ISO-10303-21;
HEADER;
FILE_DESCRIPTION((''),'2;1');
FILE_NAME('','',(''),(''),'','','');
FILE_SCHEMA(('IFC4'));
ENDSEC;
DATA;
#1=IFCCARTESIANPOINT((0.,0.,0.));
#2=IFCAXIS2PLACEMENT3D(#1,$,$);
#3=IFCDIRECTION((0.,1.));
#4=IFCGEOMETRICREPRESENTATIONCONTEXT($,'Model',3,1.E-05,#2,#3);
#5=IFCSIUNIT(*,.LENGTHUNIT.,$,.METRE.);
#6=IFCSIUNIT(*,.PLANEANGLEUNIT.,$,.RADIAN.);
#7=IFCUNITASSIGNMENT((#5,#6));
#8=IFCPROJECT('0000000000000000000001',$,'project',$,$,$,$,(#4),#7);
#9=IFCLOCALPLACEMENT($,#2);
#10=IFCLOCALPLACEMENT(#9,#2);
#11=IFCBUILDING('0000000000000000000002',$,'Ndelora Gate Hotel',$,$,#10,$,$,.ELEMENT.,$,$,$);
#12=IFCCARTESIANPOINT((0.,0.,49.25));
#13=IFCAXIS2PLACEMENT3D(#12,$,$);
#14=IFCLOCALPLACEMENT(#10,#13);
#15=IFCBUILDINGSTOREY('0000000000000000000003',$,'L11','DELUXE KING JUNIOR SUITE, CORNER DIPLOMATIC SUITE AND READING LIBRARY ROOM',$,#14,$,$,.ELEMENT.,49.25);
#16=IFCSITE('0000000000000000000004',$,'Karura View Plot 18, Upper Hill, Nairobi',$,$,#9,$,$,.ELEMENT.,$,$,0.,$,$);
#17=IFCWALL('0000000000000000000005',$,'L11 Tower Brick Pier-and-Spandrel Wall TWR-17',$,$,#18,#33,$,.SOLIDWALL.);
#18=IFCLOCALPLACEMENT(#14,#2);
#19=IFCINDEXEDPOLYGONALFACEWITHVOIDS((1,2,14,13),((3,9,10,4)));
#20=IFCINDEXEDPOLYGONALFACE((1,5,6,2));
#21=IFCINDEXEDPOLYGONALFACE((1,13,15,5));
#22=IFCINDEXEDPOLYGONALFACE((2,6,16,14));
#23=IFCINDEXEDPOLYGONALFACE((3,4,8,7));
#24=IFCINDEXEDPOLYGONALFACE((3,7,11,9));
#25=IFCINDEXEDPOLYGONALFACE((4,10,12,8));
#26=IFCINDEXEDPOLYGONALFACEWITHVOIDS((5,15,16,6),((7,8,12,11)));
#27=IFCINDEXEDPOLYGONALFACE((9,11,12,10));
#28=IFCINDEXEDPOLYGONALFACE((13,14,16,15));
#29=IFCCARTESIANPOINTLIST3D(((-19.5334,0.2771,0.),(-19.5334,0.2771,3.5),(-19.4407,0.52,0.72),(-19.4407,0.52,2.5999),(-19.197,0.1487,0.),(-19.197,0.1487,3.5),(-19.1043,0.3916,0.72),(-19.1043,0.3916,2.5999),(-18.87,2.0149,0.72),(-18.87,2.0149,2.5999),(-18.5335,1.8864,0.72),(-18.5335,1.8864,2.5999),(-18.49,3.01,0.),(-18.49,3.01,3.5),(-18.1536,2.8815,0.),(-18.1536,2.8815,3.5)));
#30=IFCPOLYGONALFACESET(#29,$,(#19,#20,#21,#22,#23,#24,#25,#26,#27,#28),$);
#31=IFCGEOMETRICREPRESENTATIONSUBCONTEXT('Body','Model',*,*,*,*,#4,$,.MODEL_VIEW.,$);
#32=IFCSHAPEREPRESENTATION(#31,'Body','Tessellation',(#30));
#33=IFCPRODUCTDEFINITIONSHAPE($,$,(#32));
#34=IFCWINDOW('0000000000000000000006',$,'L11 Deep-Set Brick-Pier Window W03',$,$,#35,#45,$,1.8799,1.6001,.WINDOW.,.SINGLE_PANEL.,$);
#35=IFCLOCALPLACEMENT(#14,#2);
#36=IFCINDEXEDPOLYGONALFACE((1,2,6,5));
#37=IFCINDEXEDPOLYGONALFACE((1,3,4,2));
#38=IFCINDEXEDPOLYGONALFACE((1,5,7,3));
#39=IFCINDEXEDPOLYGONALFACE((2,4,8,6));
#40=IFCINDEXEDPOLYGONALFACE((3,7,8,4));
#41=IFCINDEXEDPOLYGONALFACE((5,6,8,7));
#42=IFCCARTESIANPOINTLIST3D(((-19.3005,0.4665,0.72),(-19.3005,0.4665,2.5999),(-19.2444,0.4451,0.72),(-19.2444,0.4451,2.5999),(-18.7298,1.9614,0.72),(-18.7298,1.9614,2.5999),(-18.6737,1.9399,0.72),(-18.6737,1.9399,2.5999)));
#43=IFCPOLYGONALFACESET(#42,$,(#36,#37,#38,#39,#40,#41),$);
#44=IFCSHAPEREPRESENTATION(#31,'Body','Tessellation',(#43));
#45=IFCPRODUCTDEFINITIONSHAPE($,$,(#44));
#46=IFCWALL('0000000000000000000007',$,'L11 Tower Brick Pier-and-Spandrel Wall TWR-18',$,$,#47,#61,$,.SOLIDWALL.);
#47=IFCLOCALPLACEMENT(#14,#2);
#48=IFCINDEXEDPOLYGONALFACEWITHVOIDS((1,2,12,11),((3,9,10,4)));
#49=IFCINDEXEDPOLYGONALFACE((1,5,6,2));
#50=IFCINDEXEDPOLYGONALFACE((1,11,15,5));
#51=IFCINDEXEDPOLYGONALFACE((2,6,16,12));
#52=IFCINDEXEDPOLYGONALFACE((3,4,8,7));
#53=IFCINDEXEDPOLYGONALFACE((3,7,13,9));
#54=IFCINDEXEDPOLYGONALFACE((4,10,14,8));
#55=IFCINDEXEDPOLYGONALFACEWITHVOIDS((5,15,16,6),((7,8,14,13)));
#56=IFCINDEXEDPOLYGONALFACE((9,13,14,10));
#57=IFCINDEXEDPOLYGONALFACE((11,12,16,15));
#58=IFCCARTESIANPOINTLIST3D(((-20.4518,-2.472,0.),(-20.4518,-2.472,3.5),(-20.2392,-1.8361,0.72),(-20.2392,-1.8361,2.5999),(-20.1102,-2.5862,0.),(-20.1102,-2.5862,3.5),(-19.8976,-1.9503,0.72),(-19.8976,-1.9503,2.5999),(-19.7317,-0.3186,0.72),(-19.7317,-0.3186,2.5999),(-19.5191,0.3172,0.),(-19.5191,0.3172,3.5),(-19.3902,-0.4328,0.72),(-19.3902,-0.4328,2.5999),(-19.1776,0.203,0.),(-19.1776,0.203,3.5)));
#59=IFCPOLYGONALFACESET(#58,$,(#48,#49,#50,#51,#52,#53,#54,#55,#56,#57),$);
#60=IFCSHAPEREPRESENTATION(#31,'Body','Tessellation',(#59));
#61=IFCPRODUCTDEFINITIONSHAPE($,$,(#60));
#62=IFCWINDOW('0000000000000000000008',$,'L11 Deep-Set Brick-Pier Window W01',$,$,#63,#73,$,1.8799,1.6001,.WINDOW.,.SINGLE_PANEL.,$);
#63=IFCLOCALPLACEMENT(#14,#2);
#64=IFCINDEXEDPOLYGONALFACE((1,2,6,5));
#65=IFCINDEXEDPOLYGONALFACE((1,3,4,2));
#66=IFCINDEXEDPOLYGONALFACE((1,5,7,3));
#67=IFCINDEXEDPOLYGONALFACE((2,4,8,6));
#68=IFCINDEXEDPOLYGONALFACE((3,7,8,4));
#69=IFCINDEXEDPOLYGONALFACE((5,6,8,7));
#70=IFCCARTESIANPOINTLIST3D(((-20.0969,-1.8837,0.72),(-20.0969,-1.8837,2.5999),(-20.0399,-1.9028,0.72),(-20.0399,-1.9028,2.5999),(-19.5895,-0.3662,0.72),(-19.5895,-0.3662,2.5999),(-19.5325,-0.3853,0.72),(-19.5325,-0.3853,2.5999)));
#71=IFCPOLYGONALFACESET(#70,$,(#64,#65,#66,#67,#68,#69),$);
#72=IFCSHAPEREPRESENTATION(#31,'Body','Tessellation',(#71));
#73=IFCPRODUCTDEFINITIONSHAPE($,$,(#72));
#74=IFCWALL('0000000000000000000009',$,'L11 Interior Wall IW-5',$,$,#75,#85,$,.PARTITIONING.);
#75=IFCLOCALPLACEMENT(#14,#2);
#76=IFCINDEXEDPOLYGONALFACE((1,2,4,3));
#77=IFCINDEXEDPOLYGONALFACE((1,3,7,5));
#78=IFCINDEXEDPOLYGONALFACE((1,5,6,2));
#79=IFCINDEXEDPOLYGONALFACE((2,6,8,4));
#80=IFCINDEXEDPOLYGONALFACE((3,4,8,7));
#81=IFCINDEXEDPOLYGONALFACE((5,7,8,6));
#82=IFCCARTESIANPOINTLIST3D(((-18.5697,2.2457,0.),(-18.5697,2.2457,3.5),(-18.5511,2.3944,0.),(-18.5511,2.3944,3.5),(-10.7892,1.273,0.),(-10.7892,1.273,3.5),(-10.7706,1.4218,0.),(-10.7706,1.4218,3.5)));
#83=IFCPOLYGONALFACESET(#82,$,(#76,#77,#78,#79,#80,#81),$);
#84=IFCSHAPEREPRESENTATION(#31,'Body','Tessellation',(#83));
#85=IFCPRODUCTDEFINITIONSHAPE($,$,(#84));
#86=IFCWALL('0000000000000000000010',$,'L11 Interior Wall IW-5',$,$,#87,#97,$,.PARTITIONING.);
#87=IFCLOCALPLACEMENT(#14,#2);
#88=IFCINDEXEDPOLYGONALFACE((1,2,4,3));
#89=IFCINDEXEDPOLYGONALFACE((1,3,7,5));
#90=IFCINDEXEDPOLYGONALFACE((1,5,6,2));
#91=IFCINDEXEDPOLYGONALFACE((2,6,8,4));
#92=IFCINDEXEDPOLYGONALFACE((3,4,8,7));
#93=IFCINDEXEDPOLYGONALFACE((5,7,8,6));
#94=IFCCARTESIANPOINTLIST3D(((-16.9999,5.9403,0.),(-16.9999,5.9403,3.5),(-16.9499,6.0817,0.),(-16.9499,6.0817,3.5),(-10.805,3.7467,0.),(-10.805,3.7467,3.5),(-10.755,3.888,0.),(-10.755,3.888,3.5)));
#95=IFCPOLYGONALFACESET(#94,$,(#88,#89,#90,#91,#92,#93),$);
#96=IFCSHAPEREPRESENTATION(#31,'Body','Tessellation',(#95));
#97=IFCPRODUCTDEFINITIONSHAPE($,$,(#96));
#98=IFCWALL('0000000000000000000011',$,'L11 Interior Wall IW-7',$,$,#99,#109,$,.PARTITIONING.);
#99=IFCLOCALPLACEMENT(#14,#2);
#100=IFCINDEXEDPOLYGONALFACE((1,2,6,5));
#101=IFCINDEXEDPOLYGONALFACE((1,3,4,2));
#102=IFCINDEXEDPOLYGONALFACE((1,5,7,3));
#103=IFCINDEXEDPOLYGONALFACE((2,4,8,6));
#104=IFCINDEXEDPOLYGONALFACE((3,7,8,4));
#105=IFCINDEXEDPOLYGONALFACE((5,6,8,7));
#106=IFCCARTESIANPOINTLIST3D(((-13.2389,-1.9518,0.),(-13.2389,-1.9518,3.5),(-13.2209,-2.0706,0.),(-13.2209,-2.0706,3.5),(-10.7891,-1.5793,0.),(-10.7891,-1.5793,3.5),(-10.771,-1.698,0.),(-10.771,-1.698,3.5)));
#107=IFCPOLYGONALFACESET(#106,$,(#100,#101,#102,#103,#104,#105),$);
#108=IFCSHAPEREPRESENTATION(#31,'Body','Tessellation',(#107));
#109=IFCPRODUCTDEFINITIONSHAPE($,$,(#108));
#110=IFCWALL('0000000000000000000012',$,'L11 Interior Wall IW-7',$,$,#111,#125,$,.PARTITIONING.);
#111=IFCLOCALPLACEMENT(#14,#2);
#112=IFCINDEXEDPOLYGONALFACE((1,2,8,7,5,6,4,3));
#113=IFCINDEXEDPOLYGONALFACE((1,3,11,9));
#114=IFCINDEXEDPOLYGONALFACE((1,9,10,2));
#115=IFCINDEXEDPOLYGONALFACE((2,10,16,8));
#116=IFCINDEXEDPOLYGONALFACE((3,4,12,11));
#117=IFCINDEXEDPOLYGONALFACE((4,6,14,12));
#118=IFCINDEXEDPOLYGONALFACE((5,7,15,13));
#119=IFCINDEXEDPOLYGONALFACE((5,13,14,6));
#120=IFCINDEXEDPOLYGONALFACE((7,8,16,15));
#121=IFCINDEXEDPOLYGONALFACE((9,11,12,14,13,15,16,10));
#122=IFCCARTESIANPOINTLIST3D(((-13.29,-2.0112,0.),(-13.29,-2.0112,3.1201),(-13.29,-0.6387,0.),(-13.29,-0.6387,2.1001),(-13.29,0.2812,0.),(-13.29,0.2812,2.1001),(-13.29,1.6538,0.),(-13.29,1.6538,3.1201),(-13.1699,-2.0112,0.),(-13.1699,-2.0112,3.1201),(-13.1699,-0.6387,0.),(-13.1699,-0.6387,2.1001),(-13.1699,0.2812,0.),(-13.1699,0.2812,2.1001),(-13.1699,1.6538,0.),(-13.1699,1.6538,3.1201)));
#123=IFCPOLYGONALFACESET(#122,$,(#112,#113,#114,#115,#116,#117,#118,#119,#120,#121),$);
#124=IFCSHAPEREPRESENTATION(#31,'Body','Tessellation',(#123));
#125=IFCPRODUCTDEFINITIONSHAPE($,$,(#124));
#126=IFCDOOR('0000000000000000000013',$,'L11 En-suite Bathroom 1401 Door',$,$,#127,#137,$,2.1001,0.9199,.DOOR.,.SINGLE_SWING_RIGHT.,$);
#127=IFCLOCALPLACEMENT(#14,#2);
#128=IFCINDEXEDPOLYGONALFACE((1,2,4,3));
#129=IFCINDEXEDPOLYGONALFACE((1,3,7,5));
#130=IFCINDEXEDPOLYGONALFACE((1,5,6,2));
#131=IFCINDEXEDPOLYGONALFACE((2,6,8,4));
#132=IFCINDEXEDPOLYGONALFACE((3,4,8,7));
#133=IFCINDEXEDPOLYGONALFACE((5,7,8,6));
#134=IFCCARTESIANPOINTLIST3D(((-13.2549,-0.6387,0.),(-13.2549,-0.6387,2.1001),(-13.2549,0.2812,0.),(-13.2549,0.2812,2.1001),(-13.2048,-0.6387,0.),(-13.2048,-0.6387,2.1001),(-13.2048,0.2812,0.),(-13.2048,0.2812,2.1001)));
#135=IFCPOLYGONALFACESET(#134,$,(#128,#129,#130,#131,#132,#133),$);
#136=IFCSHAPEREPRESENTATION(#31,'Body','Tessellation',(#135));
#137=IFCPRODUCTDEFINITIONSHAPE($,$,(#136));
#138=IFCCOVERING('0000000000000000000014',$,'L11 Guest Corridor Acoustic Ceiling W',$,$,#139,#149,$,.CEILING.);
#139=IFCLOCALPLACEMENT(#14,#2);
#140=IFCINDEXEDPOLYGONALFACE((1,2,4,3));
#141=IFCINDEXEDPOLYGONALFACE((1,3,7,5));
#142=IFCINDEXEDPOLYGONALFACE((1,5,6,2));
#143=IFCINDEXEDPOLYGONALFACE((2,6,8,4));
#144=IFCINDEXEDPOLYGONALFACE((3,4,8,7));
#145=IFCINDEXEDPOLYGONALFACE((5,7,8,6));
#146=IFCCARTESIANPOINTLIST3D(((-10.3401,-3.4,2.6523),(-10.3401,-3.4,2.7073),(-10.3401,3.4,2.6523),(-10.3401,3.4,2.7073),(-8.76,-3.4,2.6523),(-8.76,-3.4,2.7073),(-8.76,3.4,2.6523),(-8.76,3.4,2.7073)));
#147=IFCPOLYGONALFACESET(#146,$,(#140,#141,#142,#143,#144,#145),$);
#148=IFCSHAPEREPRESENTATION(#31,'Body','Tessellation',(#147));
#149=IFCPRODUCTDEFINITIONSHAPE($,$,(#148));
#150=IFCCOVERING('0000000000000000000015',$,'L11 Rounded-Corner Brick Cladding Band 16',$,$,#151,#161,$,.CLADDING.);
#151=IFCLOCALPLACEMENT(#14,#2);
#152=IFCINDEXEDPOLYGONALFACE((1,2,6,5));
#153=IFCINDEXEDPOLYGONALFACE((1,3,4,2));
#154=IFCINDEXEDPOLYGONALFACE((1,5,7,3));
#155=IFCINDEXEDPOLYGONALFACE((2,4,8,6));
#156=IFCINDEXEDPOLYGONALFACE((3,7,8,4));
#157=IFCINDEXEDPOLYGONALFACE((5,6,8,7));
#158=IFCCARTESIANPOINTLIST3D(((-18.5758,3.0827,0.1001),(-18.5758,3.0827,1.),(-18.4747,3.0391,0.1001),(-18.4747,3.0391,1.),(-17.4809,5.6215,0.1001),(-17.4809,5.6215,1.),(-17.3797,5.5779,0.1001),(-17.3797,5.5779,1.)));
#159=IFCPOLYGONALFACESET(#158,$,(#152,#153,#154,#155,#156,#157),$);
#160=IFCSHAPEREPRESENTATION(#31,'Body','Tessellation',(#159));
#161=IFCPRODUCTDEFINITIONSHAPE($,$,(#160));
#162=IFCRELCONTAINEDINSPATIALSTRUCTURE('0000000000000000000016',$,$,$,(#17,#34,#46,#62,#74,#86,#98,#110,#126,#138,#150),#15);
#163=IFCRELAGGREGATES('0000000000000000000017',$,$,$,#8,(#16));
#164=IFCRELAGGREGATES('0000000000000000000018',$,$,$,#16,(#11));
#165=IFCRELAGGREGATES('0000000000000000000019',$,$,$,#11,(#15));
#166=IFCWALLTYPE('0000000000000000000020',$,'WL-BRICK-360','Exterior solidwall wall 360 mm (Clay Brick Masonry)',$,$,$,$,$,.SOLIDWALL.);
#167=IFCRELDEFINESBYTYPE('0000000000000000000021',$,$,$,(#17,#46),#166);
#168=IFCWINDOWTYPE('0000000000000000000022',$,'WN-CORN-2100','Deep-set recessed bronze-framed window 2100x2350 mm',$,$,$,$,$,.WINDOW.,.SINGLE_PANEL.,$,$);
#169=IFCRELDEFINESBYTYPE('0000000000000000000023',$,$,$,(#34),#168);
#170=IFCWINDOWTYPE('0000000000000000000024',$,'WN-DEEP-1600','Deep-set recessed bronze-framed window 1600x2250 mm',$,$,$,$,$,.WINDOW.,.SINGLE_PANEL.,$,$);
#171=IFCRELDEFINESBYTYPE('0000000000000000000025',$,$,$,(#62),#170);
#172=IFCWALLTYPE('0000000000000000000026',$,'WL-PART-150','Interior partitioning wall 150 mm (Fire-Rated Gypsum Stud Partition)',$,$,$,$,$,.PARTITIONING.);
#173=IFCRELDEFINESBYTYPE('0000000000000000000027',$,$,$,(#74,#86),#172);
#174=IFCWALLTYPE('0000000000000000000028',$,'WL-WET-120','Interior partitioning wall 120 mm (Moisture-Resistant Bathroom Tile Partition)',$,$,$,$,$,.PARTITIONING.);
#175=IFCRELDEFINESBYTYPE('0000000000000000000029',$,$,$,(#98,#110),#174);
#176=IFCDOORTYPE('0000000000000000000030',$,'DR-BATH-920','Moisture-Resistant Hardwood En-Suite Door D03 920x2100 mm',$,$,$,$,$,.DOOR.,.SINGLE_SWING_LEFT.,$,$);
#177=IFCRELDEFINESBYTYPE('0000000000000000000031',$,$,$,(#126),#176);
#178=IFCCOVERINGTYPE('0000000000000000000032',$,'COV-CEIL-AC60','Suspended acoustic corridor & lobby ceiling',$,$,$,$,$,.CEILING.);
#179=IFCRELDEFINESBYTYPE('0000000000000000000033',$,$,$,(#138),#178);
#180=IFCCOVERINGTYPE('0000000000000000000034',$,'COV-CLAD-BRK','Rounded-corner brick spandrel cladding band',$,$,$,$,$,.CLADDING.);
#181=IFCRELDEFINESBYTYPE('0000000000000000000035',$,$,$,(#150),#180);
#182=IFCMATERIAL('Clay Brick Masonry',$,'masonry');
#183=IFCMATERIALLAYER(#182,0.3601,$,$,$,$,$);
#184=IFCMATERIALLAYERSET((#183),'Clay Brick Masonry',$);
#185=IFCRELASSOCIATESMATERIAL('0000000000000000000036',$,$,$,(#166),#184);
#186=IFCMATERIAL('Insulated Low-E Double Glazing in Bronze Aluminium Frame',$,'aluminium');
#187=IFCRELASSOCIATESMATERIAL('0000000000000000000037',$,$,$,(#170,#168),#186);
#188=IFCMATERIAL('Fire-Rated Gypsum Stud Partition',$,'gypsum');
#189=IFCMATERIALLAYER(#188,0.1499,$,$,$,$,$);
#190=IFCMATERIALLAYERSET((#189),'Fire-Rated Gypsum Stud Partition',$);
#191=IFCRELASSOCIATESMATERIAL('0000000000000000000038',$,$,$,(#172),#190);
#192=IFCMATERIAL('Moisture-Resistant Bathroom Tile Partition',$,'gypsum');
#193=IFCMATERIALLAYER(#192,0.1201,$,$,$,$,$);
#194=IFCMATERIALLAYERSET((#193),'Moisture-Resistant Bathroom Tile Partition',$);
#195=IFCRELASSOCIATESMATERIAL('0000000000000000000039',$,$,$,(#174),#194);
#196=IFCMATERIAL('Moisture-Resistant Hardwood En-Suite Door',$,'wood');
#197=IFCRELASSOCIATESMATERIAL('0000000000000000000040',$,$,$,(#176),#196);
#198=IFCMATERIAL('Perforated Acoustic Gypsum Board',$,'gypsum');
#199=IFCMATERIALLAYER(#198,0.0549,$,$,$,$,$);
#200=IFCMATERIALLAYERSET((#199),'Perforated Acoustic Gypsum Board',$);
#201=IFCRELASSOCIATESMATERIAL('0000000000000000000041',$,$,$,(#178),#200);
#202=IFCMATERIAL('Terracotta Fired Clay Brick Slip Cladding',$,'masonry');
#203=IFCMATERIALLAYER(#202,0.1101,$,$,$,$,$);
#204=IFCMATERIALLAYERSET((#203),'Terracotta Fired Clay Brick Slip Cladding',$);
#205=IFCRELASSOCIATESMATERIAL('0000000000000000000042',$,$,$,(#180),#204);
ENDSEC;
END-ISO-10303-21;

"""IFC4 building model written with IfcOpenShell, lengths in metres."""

from ifc_helpers import new_model, si_unit, direction, frame, frame_2d, origin, origin_2d, place, context, subcontext, project, spatial, rectangle, extrude, material, layer, layer_set, type_object, element, fill, save


model = new_model("IFC4")

# Units and contexts
model_context = context("Model", 3, precision=1e-05, world=origin(), true_north=direction((0.0, 1.0)))
body_context = subcontext(model_context, "Body", "Model", "MODEL_VIEW")
ifc_project = project(units=[si_unit("LENGTHUNIT", "METRE"), si_unit("PLANEANGLEUNIT", "RADIAN")], contexts=[model_context])

# Site, building, storey
site_placement = place(None, origin())
site = spatial("IfcSite", under=ifc_project, at=site_placement, Name="Karura View Plot 18, Upper Hill, Nairobi", CompositionType="ELEMENT", RefElevation=0.0)
building_placement = place(site_placement, origin())
building = spatial("IfcBuilding", under=site, at=building_placement, Name="Ndelora Gate Hotel", CompositionType="ELEMENT")
storey_placement = place(building_placement, frame((0.0, 0.0, 49.25)))
storey = spatial("IfcBuildingStorey", under=building, at=storey_placement, Name="L11", Description="DELUXE KING JUNIOR SUITE, CORNER DIPLOMATIC SUITE AND READING LIBRARY ROOM", CompositionType="ELEMENT", Elevation=49.25)

# Walls, openings, windows
ifc_material_1 = material(Name="Clay Brick Masonry", Category="masonry")
ifc_layer_1 = layer(ifc_material_1, 0.3601)
ifc_layer_set_1 = layer_set([ifc_layer_1], Name="Clay Brick Masonry")
wall_type_1 = type_object("IfcWallType", Name="WL-BRICK-360", Description="Exterior solidwall wall 360 mm (Clay Brick Masonry)", PredefinedType="SOLIDWALL", material=ifc_layer_set_1)
ifc_material_2 = material(Name="Insulated Low-E Double Glazing in Bronze Aluminium Frame", Category="aluminium")
window_type_1 = type_object("IfcWindowType", Name="WN-DEEP-1600", Description="Deep-set recessed bronze-framed window 1600x2250 mm", PartitioningType="SINGLE_PANEL", PredefinedType="WINDOW", material=ifc_material_2)
wall_1_placement = place(storey_placement, frame((-19.3652, 0.2129, 0.0), z_axis=(0.0, 0.0, 1.0), x_axis=(0.356696, 0.93422, 0.0)))
wall_1 = element("IfcWall", 1, at=wall_1_placement, inside=storey, type_object=wall_type_1, Name="L11 Tower Brick Pier-and-Spandrel Wall TWR-17", PredefinedType="SOLIDWALL", context=body_context, shape_type="SweptSolid", body=[
    extrude(rectangle(XDim=2.9253, YDim=0.3601, at=frame_2d((1.4626, 0.0))), origin(), (0.0, 0.0, 1.0), 3.5),
])
opening_1_placement = place(wall_1_placement, frame((0.26, 0.0, 0.72)))
opening_1 = element("IfcOpeningElement", 2, at=opening_1_placement, cuts=wall_1, PredefinedType="OPENING", context=body_context, shape_type="SweptSolid", body=[
    extrude(rectangle(XDim=1.6001, YDim=1.8799, at=frame_2d((0.8, 0.9399))), frame((0.0, 0.1899, 0.0), z_axis=(0.0, -1.0, 0.0), x_axis=(1.0, 0.0, 0.0)), (0.0, 0.0, 1.0), 0.3801),
])
window_type_2 = type_object("IfcWindowType", Name="WN-CORN-2100", Description="Deep-set recessed bronze-framed window 2100x2350 mm", PartitioningType="SINGLE_PANEL", PredefinedType="WINDOW", material=ifc_material_2)
window_1_placement = place(opening_1_placement, origin())
window_1 = element("IfcWindow", 3, at=window_1_placement, inside=storey, type_object=window_type_2, Name="L11 Deep-Set Brick-Pier Window W03", OverallHeight=1.8799, OverallWidth=1.6001, PartitioningType="SINGLE_PANEL", PredefinedType="WINDOW", context=body_context, shape_type="SweptSolid", body=[
    extrude(rectangle(XDim=1.6001, YDim=1.8799, at=frame_2d((0.8, 0.9399))), frame((0.0, 0.03, 0.0), z_axis=(0.0, -1.0, 0.0), x_axis=(1.0, 0.0, 0.0)), (0.0, 0.0, 1.0), 0.0601),
])
fill(opening_1, window_1)
wall_2_placement = place(storey_placement, frame((-20.281, -2.5291, 0.0), z_axis=(0.0, 0.0, 1.0), x_axis=(0.317124, 0.948384, 0.0)))
wall_2 = element("IfcWall", 4, at=wall_2_placement, inside=storey, type_object=wall_type_1, Name="L11 Tower Brick Pier-and-Spandrel Wall TWR-18", PredefinedType="SOLIDWALL", context=body_context, shape_type="SweptSolid", body=[
    extrude(rectangle(XDim=2.9409, YDim=0.3601, at=frame_2d((1.4705, 0.0))), origin(), (0.0, 0.0, 1.0), 3.5),
])
opening_2_placement = place(wall_2_placement, frame((0.6704, 0.0, 0.72)))
opening_2 = element("IfcOpeningElement", 5, at=opening_2_placement, cuts=wall_2, PredefinedType="OPENING", context=body_context, shape_type="SweptSolid", body=[
    extrude(rectangle(XDim=1.6001, YDim=1.8799, at=frame_2d((0.8, 0.9399))), frame((0.0, 0.1899, 0.0), z_axis=(0.0, -1.0, 0.0), x_axis=(1.0, 0.0, 0.0)), (0.0, 0.0, 1.0), 0.3801),
])
window_2_placement = place(opening_2_placement, origin())
window_2 = element("IfcWindow", 6, at=window_2_placement, inside=storey, type_object=window_type_1, Name="L11 Deep-Set Brick-Pier Window W01", OverallHeight=1.8799, OverallWidth=1.6001, PartitioningType="SINGLE_PANEL", PredefinedType="WINDOW", context=body_context, shape_type="SweptSolid", body=[
    extrude(rectangle(XDim=1.6001, YDim=1.8799, at=frame_2d((0.8, 0.9399))), frame((0.0, 0.03, 0.0), z_axis=(0.0, -1.0, 0.0), x_axis=(1.0, 0.0, 0.0)), (0.0, 0.0, 1.0), 0.0601),
])
fill(opening_2, window_2)

# Walls
ifc_material_3 = material(Name="Fire-Rated Gypsum Stud Partition", Category="gypsum")
ifc_layer_2 = layer(ifc_material_3, 0.1499)
ifc_layer_set_2 = layer_set([ifc_layer_2], Name="Fire-Rated Gypsum Stud Partition")
wall_type_2 = type_object("IfcWallType", Name="WL-PART-150", Description="Interior partitioning wall 150 mm (Fire-Rated Gypsum Stud Partition)", PredefinedType="PARTITIONING", material=ifc_layer_set_2)
wall_3_placement = place(storey_placement, frame((-10.78, 1.3474, 0.0), z_axis=(0.0, 0.0, 1.0), x_axis=(-0.992276, 0.124046, 0.0)))
element("IfcWall", 7, at=wall_3_placement, inside=storey, type_object=wall_type_2, Name="L11 Interior Wall IW-5", PredefinedType="PARTITIONING", context=body_context, shape_type="SweptSolid", body=[
    extrude(rectangle(XDim=7.8411, YDim=0.1499, at=frame_2d((3.9204, 0.0))), origin(), (0.0, 0.0, 1.0), 3.5),
])
wall_4_placement = place(storey_placement, frame((-10.78, 3.8174, 0.0), z_axis=(0.0, 0.0, 1.0), x_axis=(-0.942646, 0.333794, 0.0)))
element("IfcWall", 8, at=wall_4_placement, inside=storey, type_object=wall_type_2, Name="L11 Interior Wall IW-5", PredefinedType="PARTITIONING", context=body_context, shape_type="SweptSolid", body=[
    extrude(rectangle(XDim=6.5718, YDim=0.1499, at=frame_2d((3.2859, 0.0))), origin(), (0.0, 0.0, 1.0), 3.5),
])
ifc_material_4 = material(Name="Moisture-Resistant Bathroom Tile Partition", Category="gypsum")
ifc_layer_3 = layer(ifc_material_4, 0.1201)
ifc_layer_set_3 = layer_set([ifc_layer_3], Name="Moisture-Resistant Bathroom Tile Partition")
wall_type_3 = type_object("IfcWallType", Name="WL-WET-120", Description="Interior partitioning wall 120 mm (Moisture-Resistant Bathroom Tile Partition)", PredefinedType="PARTITIONING", material=ifc_layer_set_3)
wall_5_placement = place(storey_placement, frame((-10.78, -1.6387, 0.0), z_axis=(0.0, 0.0, 1.0), x_axis=(-0.988634, -0.150339, 0.0)))
element("IfcWall", 9, at=wall_5_placement, inside=storey, type_object=wall_type_3, Name="L11 Interior Wall IW-7", PredefinedType="PARTITIONING", context=body_context, shape_type="SweptSolid", body=[
    extrude(rectangle(XDim=2.478, YDim=0.1201, at=frame_2d((1.239, 0.0))), origin(), (0.0, 0.0, 1.0), 3.5),
])

# Wall, opening, door
wall_6_placement = place(storey_placement, frame((-13.23, -2.0112, 0.0), z_axis=(0.0, 0.0, 1.0), x_axis=(0.0, 1.0, 0.0)))
wall_6 = element("IfcWall", 10, at=wall_6_placement, inside=storey, type_object=wall_type_3, Name="L11 Interior Wall IW-7", PredefinedType="PARTITIONING", context=body_context, shape_type="SweptSolid", body=[
    extrude(rectangle(XDim=3.665, YDim=0.1201, at=frame_2d((1.8325, 0.0))), origin(), (0.0, 0.0, 1.0), 3.1201),
])
opening_3_placement = place(wall_6_placement, frame((1.3726, 0.0, 0.0)))
opening_3 = element("IfcOpeningElement", 11, at=opening_3_placement, cuts=wall_6, PredefinedType="OPENING", context=body_context, shape_type="SweptSolid", body=[
    extrude(rectangle(XDim=0.9199, YDim=2.1001, at=frame_2d((0.46, 1.05))), frame((0.0, 0.0701, 0.0), z_axis=(0.0, -1.0, 0.0), x_axis=(1.0, 0.0, 0.0)), (0.0, 0.0, 1.0), 0.1401),
])
ifc_material_5 = material(Name="Moisture-Resistant Hardwood En-Suite Door", Category="wood")
door_type_1 = type_object("IfcDoorType", Name="DR-BATH-920", Description="Moisture-Resistant Hardwood En-Suite Door D03 920x2100 mm", OperationType="SINGLE_SWING_LEFT", PredefinedType="DOOR", material=ifc_material_5)
door_1_placement = place(opening_3_placement, origin())
door_1 = element("IfcDoor", 12, at=door_1_placement, inside=storey, type_object=door_type_1, Name="L11 En-suite Bathroom 1401 Door", OperationType="SINGLE_SWING_RIGHT", OverallHeight=2.1001, OverallWidth=0.9199, PredefinedType="DOOR", context=body_context, shape_type="SweptSolid", body=[
    extrude(rectangle(XDim=0.9199, YDim=2.1001, at=frame_2d((0.46, 1.05))), frame((0.0, 0.0249, 0.0), z_axis=(0.0, -1.0, 0.0), x_axis=(1.0, 0.0, 0.0)), (0.0, 0.0, 1.0), 0.05),
])
fill(opening_3, door_1)

# Coverings
ifc_material_6 = material(Name="Perforated Acoustic Gypsum Board", Category="gypsum")
ifc_layer_4 = layer(ifc_material_6, 0.0549)
ifc_layer_set_4 = layer_set([ifc_layer_4], Name="Perforated Acoustic Gypsum Board")
covering_type_1 = type_object("IfcCoveringType", Name="COV-CEIL-AC60", Description="Suspended acoustic corridor & lobby ceiling", PredefinedType="CEILING", material=ifc_layer_set_4)
covering_1_placement = place(storey_placement, frame((-9.55, 0.0, 2.6523), z_axis=(0.0, 0.0, 1.0), x_axis=(1.0, 0.0, 0.0)))
element("IfcCovering", 13, at=covering_1_placement, inside=storey, type_object=covering_type_1, Name="L11 Guest Corridor Acoustic Ceiling W", PredefinedType="CEILING", context=body_context, shape_type="SweptSolid", body=[
    extrude(rectangle(XDim=1.5801, YDim=6.8, at=origin_2d()), origin(), (0.0, 0.0, 1.0), 0.0549),
])
ifc_material_7 = material(Name="Terracotta Fired Clay Brick Slip Cladding", Category="masonry")
ifc_layer_5 = layer(ifc_material_7, 0.1101)
ifc_layer_set_5 = layer_set([ifc_layer_5], Name="Terracotta Fired Clay Brick Slip Cladding")
covering_type_2 = type_object("IfcCoveringType", Name="COV-CLAD-BRK", Description="Rounded-corner brick spandrel cladding band", PredefinedType="CLADDING", material=ifc_layer_set_5)
covering_2_placement = place(storey_placement, frame((-17.9778, 4.3303, 0.1001), z_axis=(0.0, 0.0, 1.0), x_axis=(0.396026, 0.918239, 0.0)))
element("IfcCovering", 14, at=covering_2_placement, inside=storey, type_object=covering_type_2, Name="L11 Rounded-Corner Brick Cladding Band 16", PredefinedType="CLADDING", context=body_context, shape_type="SweptSolid", body=[
    extrude(rectangle(XDim=2.7649, YDim=0.1101, at=origin_2d()), origin(), (0.0, 0.0, 1.0), 0.8999),
])

save(model, "model.ifc")
